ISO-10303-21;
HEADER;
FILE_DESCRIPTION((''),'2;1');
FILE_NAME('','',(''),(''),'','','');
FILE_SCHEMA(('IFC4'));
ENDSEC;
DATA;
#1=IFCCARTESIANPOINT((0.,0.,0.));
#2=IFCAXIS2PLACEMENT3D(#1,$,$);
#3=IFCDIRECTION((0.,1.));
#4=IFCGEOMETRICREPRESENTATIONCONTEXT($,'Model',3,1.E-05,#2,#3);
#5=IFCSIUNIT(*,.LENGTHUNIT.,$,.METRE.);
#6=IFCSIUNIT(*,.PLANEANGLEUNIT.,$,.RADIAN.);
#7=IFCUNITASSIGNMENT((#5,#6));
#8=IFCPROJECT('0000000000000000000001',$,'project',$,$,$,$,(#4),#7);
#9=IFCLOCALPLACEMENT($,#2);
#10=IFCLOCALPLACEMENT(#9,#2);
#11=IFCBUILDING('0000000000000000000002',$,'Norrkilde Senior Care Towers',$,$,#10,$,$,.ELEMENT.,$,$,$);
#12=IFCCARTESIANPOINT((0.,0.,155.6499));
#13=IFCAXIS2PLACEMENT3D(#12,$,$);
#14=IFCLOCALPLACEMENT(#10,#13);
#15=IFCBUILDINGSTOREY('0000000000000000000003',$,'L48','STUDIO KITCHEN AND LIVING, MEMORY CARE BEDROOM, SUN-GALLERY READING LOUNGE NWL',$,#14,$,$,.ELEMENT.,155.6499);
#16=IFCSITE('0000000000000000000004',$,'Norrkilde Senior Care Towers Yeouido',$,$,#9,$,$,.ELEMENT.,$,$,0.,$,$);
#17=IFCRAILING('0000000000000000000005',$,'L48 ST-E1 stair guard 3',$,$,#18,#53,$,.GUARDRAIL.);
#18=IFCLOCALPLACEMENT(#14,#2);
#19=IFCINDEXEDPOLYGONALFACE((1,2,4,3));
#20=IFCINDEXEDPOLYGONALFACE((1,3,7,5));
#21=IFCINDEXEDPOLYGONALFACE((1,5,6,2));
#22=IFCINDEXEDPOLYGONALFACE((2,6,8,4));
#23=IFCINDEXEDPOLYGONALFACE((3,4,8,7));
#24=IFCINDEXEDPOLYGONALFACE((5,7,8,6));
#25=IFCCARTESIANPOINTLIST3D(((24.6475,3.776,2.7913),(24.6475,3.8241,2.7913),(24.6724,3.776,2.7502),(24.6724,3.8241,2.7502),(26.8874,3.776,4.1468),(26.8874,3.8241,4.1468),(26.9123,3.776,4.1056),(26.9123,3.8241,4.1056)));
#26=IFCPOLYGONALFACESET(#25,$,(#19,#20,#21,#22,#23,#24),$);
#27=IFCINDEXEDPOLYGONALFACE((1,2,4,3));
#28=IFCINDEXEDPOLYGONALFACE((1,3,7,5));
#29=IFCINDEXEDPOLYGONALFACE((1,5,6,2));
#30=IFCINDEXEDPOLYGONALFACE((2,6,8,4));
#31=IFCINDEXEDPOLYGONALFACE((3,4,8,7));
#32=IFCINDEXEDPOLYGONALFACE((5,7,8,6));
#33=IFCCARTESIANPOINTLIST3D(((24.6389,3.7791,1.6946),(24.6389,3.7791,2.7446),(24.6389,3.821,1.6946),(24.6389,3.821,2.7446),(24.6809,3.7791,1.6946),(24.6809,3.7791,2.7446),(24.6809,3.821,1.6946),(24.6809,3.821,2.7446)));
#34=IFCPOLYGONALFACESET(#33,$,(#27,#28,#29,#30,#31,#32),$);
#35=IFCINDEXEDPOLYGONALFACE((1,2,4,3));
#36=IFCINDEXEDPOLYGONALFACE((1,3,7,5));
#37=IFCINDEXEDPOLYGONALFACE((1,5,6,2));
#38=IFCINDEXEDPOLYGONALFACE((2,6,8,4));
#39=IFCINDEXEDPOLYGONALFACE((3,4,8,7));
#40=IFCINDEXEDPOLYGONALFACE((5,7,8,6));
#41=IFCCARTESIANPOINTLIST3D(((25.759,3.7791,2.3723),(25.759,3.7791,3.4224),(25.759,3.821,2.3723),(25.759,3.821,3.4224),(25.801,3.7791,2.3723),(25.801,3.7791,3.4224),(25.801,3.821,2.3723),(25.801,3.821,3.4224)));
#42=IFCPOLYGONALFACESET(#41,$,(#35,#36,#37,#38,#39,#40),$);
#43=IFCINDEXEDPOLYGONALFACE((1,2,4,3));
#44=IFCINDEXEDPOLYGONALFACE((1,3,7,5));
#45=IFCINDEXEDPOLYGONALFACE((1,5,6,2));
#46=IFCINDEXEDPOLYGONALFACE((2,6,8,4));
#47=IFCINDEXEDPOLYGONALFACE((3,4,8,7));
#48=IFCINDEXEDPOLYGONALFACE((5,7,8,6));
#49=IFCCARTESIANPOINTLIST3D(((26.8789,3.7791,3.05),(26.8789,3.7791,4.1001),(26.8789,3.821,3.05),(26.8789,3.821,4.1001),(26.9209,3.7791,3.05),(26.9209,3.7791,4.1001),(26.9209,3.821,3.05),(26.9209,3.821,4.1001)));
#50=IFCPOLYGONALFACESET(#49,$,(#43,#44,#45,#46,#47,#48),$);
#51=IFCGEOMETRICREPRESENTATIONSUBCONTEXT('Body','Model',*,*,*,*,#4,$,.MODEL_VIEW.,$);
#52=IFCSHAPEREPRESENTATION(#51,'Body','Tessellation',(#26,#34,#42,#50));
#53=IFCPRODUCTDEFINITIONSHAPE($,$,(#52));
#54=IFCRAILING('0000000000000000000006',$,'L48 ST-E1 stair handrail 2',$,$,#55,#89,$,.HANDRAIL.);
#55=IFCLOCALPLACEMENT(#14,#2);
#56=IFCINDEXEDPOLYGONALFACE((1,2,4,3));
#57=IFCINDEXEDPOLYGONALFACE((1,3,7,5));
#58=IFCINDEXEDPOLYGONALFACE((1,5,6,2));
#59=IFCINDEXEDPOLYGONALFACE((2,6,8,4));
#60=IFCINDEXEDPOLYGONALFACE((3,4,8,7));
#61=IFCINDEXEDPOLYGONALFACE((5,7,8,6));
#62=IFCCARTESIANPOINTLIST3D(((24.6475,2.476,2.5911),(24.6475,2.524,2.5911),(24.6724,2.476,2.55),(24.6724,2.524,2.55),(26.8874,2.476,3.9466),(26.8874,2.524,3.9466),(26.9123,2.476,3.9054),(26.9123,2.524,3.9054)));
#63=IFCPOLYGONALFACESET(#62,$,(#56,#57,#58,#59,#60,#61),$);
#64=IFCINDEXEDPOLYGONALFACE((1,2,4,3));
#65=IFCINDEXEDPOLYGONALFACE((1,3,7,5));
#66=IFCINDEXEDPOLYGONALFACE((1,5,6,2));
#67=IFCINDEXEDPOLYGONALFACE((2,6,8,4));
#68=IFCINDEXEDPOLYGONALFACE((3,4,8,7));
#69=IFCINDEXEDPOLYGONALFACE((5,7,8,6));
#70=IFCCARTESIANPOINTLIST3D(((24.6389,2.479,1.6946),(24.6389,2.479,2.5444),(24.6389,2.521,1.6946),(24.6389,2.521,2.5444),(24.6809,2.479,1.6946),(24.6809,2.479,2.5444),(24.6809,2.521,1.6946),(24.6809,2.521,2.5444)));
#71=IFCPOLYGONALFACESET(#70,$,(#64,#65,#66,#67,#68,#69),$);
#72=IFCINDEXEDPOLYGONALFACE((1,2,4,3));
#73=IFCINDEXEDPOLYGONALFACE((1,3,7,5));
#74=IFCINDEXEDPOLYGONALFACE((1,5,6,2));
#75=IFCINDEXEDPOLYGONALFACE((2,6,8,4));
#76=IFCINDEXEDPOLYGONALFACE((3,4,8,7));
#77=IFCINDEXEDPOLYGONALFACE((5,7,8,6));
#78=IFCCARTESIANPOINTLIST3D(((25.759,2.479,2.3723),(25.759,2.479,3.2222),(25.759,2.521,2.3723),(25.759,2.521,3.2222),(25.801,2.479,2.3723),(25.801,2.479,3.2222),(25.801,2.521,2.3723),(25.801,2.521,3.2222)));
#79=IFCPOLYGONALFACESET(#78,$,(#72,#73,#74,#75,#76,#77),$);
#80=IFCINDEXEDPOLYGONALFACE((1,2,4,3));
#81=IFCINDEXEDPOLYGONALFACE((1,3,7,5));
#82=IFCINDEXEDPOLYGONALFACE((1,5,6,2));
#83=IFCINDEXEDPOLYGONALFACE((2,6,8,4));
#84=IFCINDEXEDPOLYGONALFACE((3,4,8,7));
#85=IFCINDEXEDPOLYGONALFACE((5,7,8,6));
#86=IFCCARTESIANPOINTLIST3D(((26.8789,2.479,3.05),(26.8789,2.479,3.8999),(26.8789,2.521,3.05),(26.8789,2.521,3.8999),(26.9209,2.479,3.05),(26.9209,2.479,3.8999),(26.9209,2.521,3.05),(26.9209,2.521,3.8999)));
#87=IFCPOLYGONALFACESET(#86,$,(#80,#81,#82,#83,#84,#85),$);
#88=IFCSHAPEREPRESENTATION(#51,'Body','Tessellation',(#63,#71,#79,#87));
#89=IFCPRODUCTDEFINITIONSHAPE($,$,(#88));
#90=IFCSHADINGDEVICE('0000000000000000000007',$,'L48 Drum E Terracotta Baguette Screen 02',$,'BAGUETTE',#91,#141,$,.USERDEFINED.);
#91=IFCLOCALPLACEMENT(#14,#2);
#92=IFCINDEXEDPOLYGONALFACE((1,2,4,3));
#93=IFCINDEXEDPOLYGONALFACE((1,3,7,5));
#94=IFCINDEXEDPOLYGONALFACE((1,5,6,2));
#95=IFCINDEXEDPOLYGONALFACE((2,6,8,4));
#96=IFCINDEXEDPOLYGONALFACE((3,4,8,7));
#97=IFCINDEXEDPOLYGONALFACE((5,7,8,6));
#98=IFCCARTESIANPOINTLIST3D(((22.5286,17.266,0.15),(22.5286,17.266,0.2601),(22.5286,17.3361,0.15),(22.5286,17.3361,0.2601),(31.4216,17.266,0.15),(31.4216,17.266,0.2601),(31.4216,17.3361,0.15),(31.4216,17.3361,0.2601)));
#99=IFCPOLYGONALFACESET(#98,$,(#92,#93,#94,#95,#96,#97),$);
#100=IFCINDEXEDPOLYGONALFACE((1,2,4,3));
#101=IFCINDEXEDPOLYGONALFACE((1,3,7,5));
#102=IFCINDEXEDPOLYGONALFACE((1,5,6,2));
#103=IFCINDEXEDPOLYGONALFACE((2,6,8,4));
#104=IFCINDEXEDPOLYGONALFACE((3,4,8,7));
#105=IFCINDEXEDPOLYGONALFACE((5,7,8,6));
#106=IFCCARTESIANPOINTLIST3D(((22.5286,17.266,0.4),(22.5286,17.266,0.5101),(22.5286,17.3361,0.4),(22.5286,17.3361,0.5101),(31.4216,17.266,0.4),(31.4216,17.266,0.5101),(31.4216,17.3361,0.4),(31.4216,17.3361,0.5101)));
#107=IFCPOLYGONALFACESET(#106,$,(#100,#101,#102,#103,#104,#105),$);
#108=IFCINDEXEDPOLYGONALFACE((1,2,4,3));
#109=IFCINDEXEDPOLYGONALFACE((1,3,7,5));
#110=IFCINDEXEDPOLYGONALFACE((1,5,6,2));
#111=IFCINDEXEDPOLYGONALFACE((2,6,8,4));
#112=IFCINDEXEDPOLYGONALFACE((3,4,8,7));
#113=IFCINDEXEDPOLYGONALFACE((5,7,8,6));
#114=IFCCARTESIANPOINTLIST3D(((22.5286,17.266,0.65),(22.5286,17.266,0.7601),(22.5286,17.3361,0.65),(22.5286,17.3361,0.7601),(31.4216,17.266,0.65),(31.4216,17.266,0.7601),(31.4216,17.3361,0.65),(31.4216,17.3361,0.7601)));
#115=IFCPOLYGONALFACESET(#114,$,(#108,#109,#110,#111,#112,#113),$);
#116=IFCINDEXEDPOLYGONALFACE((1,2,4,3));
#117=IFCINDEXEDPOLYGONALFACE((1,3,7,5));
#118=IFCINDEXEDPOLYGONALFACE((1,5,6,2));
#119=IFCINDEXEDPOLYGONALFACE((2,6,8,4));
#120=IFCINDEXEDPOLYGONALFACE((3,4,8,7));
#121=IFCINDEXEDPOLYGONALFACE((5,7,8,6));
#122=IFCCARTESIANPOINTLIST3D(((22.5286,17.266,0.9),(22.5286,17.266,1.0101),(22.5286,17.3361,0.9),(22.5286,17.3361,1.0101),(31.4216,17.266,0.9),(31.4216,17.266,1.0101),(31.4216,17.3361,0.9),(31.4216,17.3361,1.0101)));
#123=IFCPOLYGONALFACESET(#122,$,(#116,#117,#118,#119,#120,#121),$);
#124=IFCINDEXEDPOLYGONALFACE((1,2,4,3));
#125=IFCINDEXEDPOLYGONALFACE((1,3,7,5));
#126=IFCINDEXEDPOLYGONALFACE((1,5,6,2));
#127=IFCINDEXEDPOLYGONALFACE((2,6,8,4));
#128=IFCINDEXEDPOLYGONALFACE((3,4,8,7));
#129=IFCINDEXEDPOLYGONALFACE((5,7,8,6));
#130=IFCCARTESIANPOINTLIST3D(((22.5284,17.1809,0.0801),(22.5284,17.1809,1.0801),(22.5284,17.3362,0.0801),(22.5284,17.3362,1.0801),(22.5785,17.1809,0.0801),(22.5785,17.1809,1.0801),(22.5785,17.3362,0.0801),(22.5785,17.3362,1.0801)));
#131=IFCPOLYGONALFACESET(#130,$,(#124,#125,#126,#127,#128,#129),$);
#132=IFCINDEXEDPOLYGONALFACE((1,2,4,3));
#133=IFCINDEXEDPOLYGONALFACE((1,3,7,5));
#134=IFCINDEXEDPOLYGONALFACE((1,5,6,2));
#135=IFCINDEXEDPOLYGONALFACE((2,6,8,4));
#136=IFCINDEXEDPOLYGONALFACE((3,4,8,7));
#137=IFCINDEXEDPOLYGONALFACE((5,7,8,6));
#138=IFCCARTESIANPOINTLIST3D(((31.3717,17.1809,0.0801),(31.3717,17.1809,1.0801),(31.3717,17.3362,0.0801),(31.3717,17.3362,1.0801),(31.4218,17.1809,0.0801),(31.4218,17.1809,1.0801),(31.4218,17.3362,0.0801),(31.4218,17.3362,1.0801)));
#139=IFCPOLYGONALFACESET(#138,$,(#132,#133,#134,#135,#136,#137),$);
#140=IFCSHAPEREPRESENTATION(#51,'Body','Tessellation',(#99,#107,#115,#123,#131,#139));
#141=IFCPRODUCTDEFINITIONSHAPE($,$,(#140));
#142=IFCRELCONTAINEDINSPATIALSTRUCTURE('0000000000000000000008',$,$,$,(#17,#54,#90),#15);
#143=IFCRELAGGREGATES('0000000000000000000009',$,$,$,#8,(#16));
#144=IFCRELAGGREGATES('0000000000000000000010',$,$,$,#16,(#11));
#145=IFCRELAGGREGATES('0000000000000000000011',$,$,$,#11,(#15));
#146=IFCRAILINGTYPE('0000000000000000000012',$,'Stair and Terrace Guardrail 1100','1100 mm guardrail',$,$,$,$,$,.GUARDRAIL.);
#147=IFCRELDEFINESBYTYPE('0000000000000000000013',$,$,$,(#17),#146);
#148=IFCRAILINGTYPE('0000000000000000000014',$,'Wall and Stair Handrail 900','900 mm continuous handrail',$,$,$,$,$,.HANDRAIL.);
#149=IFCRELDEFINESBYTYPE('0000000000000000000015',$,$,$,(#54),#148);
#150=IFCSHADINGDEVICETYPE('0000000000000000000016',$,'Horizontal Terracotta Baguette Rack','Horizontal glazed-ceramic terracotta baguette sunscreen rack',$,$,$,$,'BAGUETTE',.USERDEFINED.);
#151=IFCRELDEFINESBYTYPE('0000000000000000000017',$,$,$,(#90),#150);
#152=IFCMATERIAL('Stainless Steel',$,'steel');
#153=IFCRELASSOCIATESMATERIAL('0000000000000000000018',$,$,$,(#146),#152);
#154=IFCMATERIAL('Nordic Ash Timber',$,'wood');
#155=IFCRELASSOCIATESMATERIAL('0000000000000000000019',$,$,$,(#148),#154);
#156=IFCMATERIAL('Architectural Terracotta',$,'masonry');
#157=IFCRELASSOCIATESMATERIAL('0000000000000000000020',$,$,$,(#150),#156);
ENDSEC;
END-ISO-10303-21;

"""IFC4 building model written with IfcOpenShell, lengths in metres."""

from ifc_helpers import new_model, si_unit, direction, frame, origin, origin_2d, place, context, subcontext, project, spatial, rectangle, extrude, source, transform, mapped, material, type_object, type_shapes, element, save


model = new_model("IFC4")

# Units and contexts
model_context = context("Model", 3, precision=1e-05, world=origin(), true_north=direction((0.0, 1.0)))
body_context = subcontext(model_context, "Body", "Model", "MODEL_VIEW")
ifc_project = project(units=[si_unit("LENGTHUNIT", "METRE"), si_unit("PLANEANGLEUNIT", "RADIAN")], contexts=[model_context])

# Site, building, storey
site_placement = place(None, origin())
site = spatial("IfcSite", under=ifc_project, at=site_placement, Name="Norrkilde Senior Care Towers Yeouido", CompositionType="ELEMENT", RefElevation=0.0)
building_placement = place(site_placement, origin())
building = spatial("IfcBuilding", under=site, at=building_placement, Name="Norrkilde Senior Care Towers", CompositionType="ELEMENT")
storey_placement = place(building_placement, frame((0.0, 0.0, 155.6499)))
storey = spatial("IfcBuildingStorey", under=building, at=storey_placement, Name="L48", Description="STUDIO KITCHEN AND LIVING, MEMORY CARE BEDROOM, SUN-GALLERY READING LOUNGE NWL", CompositionType="ELEMENT", Elevation=155.6499)

# Shared definitions
ifc_material_1 = material(Name="Nordic Ash Timber", Category="wood")

# Railings
ifc_material_2 = material(Name="Stainless Steel", Category="steel")
railing_type_1 = type_object("IfcRailingType", Name="Stair and Terrace Guardrail 1100", Description="1100 mm guardrail", PredefinedType="GUARDRAIL", material=ifc_material_2)
railing_1_placement = place(storey_placement, frame((24.6599, 3.8, 1.6946)))
element("IfcRailing", 1, at=railing_1_placement, inside=storey, type_object=railing_type_1, Name="L48 ST-E1 stair guard 3", PredefinedType="GUARDRAIL", context=body_context, shape_type="SweptSolid", body=[
    extrude(rectangle(XDim=0.0481, YDim=0.0481, at=origin_2d()), frame((0.0, 0.0, 1.0762), z_axis=(0.855553, 0.0, 0.517715), x_axis=(0.0, 1.0, 0.0)), (0.0, 0.0, 1.0), 2.6182),
    extrude(rectangle(XDim=0.042, YDim=0.042, at=origin_2d()), origin(), (0.0, 0.0, 1.0), 1.05),
    extrude(rectangle(XDim=0.042, YDim=0.042, at=origin_2d()), frame((1.1201, 0.0, 0.6777)), (0.0, 0.0, 1.0), 1.05),
    extrude(rectangle(XDim=0.042, YDim=0.042, at=origin_2d()), frame((2.24, 0.0, 1.3555)), (0.0, 0.0, 1.0), 1.05),
])
railing_type_2 = type_object("IfcRailingType", Name="Wall and Stair Handrail 900", Description="900 mm continuous handrail", PredefinedType="HANDRAIL", material=ifc_material_1)
railing_2_placement = place(storey_placement, frame((24.6599, 2.5, 1.6946)))
element("IfcRailing", 2, at=railing_2_placement, inside=storey, type_object=railing_type_2, Name="L48 ST-E1 stair handrail 2", PredefinedType="HANDRAIL", context=body_context, shape_type="SweptSolid", body=[
    extrude(rectangle(XDim=0.0481, YDim=0.0481, at=origin_2d()), frame((0.0, 0.0, 0.876), z_axis=(0.855553, 0.0, 0.517715), x_axis=(0.0, 1.0, 0.0)), (0.0, 0.0, 1.0), 2.6182),
    extrude(rectangle(XDim=0.042, YDim=0.042, at=origin_2d()), origin(), (0.0, 0.0, 1.0), 0.8499),
    extrude(rectangle(XDim=0.042, YDim=0.042, at=origin_2d()), frame((1.1201, 0.0, 0.6777)), (0.0, 0.0, 1.0), 0.8499),
    extrude(rectangle(XDim=0.042, YDim=0.042, at=origin_2d()), frame((2.24, 0.0, 1.3555)), (0.0, 0.0, 1.0), 0.8499),
])

# Shading device
ifc_material_3 = material(Name="Architectural Terracotta", Category="masonry")
shading_device_type = type_object("IfcShadingDeviceType", Name="Horizontal Terracotta Baguette Rack", Description="Horizontal glazed-ceramic terracotta baguette sunscreen rack", ElementType="BAGUETTE", PredefinedType="USERDEFINED", material=ifc_material_3)
shared_shape_1 = source(origin(), body_context, "Body", "SweptSolid", [
    extrude(rectangle(XDim=0.0701, YDim=0.1101, at=origin_2d()), frame((0.0, 0.0901, 0.125), z_axis=(1.0, 0.0, 0.0), x_axis=(0.0, 1.0, 0.0)), (0.0, 0.0, 1.0), 8.8931),
    extrude(rectangle(XDim=0.0701, YDim=0.1101, at=origin_2d()), frame((0.0, 0.0901, 0.375), z_axis=(1.0, 0.0, 0.0), x_axis=(0.0, 1.0, 0.0)), (0.0, 0.0, 1.0), 8.8931),
    extrude(rectangle(XDim=0.0701, YDim=0.1101, at=origin_2d()), frame((0.0, 0.0901, 0.625), z_axis=(1.0, 0.0, 0.0), x_axis=(0.0, 1.0, 0.0)), (0.0, 0.0, 1.0), 8.8931),
    extrude(rectangle(XDim=0.0701, YDim=0.1101, at=origin_2d()), frame((0.0, 0.0901, 0.875), z_axis=(1.0, 0.0, 0.0), x_axis=(0.0, 1.0, 0.0)), (0.0, 0.0, 1.0), 8.8931),
    extrude(rectangle(XDim=0.05, YDim=0.1553, at=origin_2d()), frame((0.0249, 0.0476, 0.0)), (0.0, 0.0, 1.0), 1.0),
    extrude(rectangle(XDim=0.05, YDim=0.1553, at=origin_2d()), frame((8.8682, 0.0476, 0.0)), (0.0, 0.0, 1.0), 1.0),
])
type_shapes(shading_device_type, [shared_shape_1])
shading_device_placement = place(storey_placement, frame((22.5286, 17.2109, 0.0801), z_axis=(0.0, 0.0, 1.0), x_axis=(1.0, 0.0, 0.0)))
element("IfcShadingDevice", 3, at=shading_device_placement, inside=storey, type_object=shading_device_type, Name="L48 Drum E Terracotta Baguette Screen 02", ObjectType="BAGUETTE", PredefinedType="USERDEFINED", context=body_context, shape_type="MappedRepresentation", body=[
    mapped(shared_shape_1, transform((0.0, 0.0, 0.0), x_axis=(1.0, 0.0, 0.0), y_axis=(0.0, 1.0, 0.0), z_axis=(0.0, 0.0, 1.0), scale=1.0)),
])

save(model, "model.ifc")
